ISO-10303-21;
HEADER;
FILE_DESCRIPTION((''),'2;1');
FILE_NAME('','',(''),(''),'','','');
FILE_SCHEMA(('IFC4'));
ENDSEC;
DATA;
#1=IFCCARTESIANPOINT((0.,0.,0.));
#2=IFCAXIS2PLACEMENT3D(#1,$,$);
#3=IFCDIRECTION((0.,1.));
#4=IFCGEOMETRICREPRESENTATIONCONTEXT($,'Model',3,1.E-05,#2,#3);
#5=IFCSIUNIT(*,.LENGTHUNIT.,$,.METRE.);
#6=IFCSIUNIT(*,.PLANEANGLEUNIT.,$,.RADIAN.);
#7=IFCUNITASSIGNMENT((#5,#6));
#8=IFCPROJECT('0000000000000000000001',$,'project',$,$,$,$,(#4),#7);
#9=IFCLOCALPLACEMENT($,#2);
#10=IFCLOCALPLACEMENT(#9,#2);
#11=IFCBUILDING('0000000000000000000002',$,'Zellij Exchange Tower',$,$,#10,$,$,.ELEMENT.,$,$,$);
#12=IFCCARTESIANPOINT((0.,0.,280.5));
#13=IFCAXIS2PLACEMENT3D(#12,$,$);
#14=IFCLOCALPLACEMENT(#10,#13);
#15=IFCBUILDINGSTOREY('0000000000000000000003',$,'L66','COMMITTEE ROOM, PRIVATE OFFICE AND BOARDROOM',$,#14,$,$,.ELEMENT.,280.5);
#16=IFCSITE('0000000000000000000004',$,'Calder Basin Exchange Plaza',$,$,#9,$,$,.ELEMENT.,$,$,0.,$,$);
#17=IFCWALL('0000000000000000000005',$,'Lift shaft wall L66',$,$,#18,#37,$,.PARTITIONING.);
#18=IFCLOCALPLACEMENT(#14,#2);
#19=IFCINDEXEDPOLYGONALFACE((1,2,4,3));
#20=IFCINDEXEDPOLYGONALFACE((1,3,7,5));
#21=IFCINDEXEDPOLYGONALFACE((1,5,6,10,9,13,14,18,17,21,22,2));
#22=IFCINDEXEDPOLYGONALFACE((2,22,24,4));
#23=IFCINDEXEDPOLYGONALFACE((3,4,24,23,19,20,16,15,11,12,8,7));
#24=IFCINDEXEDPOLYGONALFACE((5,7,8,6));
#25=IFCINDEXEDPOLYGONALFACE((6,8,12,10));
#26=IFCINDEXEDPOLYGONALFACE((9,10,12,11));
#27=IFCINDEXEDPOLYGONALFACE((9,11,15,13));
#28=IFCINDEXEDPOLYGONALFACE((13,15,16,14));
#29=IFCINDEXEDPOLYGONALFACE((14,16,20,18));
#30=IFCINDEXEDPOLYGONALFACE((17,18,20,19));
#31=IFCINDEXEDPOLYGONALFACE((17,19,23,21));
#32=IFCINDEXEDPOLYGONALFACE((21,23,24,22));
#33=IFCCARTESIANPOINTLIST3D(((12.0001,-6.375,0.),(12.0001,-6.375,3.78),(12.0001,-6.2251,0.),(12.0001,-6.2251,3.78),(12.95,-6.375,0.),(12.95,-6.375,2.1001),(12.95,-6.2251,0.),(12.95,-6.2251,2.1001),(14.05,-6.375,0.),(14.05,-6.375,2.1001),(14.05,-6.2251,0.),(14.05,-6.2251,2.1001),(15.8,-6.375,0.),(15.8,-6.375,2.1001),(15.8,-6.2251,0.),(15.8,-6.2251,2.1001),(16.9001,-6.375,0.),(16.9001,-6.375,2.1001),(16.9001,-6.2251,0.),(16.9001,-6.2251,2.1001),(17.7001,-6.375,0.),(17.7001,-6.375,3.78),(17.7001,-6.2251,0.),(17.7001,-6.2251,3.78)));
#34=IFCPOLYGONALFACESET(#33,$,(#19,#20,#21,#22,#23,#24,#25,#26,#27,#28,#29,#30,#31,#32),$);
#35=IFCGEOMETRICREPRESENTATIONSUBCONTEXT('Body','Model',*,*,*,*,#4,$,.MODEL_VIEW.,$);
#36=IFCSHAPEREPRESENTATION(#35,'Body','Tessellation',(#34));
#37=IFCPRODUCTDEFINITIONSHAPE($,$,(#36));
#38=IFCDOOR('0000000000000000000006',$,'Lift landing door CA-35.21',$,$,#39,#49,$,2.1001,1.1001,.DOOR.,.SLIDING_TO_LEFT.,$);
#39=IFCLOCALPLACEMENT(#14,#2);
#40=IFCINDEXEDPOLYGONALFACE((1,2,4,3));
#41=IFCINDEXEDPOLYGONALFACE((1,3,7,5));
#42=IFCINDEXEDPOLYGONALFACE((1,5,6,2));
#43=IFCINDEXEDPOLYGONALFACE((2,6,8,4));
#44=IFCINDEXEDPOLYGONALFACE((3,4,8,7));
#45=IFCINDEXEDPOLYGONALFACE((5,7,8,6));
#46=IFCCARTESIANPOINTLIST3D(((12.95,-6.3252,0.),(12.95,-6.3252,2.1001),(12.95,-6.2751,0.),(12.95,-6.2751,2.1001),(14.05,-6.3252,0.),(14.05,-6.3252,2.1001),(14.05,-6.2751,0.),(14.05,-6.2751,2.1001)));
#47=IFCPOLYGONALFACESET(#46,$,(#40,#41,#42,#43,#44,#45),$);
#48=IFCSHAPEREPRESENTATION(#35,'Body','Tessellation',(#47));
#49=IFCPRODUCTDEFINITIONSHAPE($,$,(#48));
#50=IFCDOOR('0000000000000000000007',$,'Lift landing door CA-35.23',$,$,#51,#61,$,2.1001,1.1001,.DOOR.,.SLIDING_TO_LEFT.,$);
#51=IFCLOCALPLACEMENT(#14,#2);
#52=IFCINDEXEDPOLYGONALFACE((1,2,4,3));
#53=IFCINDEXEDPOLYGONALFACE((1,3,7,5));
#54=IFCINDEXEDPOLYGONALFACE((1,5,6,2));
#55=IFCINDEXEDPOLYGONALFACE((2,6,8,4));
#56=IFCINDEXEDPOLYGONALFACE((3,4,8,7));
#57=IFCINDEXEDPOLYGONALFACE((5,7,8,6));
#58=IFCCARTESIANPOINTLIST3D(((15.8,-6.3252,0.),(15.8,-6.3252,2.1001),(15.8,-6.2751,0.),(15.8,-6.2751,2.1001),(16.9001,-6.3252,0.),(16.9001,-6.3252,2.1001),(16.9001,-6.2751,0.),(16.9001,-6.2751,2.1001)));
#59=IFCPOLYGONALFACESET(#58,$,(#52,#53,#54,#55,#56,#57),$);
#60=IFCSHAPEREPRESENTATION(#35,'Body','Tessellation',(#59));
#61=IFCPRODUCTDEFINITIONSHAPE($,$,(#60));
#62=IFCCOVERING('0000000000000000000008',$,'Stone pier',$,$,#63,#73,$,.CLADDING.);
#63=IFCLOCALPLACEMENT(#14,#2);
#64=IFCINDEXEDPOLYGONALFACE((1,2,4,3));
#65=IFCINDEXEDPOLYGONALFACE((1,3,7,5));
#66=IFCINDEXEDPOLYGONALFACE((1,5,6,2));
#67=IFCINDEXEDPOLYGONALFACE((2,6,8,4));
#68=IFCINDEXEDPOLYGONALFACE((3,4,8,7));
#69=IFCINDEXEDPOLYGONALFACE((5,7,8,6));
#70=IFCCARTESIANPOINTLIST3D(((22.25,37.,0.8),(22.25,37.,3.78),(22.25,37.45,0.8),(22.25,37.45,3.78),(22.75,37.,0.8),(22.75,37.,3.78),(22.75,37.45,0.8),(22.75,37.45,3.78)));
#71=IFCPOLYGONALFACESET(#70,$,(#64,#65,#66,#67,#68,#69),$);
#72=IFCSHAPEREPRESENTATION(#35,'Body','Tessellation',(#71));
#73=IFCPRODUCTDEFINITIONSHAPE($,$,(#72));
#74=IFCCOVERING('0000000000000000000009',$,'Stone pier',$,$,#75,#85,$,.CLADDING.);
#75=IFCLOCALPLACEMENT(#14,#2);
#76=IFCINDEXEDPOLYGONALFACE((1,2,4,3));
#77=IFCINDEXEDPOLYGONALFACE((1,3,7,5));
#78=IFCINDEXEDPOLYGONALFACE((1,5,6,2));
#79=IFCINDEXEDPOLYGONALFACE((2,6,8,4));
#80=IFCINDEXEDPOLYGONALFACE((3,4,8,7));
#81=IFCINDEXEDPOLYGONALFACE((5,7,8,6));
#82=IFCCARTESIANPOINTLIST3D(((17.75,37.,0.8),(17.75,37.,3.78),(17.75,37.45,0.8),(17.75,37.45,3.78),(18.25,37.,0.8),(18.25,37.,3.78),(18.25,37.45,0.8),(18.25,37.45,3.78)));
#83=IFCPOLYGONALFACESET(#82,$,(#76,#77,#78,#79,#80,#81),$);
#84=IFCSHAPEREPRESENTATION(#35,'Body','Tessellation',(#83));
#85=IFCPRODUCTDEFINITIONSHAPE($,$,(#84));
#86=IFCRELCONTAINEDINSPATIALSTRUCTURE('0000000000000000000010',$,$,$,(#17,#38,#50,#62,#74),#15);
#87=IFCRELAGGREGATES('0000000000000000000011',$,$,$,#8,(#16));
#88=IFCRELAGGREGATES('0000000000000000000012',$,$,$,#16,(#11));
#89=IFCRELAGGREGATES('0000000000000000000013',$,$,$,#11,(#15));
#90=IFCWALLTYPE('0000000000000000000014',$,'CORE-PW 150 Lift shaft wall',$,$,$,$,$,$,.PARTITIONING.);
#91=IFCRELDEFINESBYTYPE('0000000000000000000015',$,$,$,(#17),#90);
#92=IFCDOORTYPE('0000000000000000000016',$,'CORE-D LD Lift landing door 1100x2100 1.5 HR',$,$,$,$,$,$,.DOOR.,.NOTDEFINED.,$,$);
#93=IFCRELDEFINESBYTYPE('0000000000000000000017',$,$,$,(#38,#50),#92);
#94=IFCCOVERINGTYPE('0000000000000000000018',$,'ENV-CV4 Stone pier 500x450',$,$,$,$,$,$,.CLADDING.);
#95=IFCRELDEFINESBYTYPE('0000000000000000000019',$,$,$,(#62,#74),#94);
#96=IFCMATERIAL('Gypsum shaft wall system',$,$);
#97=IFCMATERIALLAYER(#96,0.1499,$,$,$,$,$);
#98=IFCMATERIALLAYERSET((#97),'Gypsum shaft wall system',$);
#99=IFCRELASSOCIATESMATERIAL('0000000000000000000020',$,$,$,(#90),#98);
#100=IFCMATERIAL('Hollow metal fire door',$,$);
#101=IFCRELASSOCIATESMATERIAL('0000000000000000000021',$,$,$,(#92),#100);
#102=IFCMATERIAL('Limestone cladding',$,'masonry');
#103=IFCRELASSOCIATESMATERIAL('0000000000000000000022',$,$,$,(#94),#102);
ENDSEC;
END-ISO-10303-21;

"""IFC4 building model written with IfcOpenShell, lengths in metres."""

from ifc_helpers import new_model, si_unit, direction, frame, frame_2d, origin, place, context, subcontext, project, spatial, polyline, rectangle, outline, extrude, material, layer, layer_set, type_object, element, fill, save


model = new_model("IFC4")

# Units and contexts
model_context = context("Model", 3, precision=1e-05, world=origin(), true_north=direction((0.0, 1.0)))
body_context = subcontext(model_context, "Body", "Model", "MODEL_VIEW")
ifc_project = project(units=[si_unit("LENGTHUNIT", "METRE"), si_unit("PLANEANGLEUNIT", "RADIAN")], contexts=[model_context])

# Site, building, storey
site_placement = place(None, origin())
site = spatial("IfcSite", under=ifc_project, at=site_placement, Name="Calder Basin Exchange Plaza", CompositionType="ELEMENT", RefElevation=0.0)
building_placement = place(site_placement, origin())
building = spatial("IfcBuilding", under=site, at=building_placement, Name="Zellij Exchange Tower", CompositionType="ELEMENT")
storey_placement = place(building_placement, frame((0.0, 0.0, 280.5)))
storey = spatial("IfcBuildingStorey", under=building, at=storey_placement, Name="L66", Description="COMMITTEE ROOM, PRIVATE OFFICE AND BOARDROOM", CompositionType="ELEMENT", Elevation=280.5)

# Shared definitions
ifc_material_1 = material(Name="Gypsum shaft wall system")
ifc_layer_1 = layer(ifc_material_1, 0.1499)
ifc_layer_set_1 = layer_set([ifc_layer_1], Name="Gypsum shaft wall system")
wall_type_1 = type_object("IfcWallType", Name="CORE-PW 150 Lift shaft wall", PredefinedType="PARTITIONING", material=ifc_layer_set_1)

# Shared definitions
ifc_material_2 = material(Name="Hollow metal fire door")
door_type = type_object("IfcDoorType", Name="CORE-D LD Lift landing door 1100x2100 1.5 HR", OperationType="NOTDEFINED", PredefinedType="DOOR", material=ifc_material_2)

# Wall, openings, doors
wall_1_placement = place(storey_placement, frame((12.0, -6.3, 0.0), z_axis=(0.0, 0.0, 1.0), x_axis=(1.0, 0.0, 0.0)))
wall_1 = element("IfcWall", 1, at=wall_1_placement, inside=storey, type_object=wall_type_1, Name="Lift shaft wall L66", PredefinedType="PARTITIONING", context=body_context, shape_type="SweptSolid", body=[
    extrude(rectangle(XDim=5.7, YDim=0.1499, at=frame_2d((2.8501, 0.0))), origin(), (0.0, 0.0, 1.0), 3.78),
])
opening_1_placement = place(wall_1_placement, frame((0.95, 0.0, 0.0)))
opening_1 = element("IfcOpeningElement", 2, at=opening_1_placement, cuts=wall_1, PredefinedType="OPENING", context=body_context, shape_type="SweptSolid", body=[
    extrude(rectangle(XDim=1.1001, YDim=2.1001, at=frame_2d((0.55, 1.05))), frame((0.0, 0.0869, 0.0), z_axis=(0.0, -1.0, 0.0), x_axis=(1.0, 0.0, 0.0)), (0.0, 0.0, 1.0), 0.1738),
])
opening_2_placement = place(wall_1_placement, frame((3.8, 0.0, 0.0)))
opening_2 = element("IfcOpeningElement", 3, at=opening_2_placement, cuts=wall_1, PredefinedType="OPENING", context=body_context, shape_type="SweptSolid", body=[
    extrude(rectangle(XDim=1.1001, YDim=2.1001, at=frame_2d((0.55, 1.05))), frame((0.0, 0.0869, 0.0), z_axis=(0.0, -1.0, 0.0), x_axis=(1.0, 0.0, 0.0)), (0.0, 0.0, 1.0), 0.1738),
])
door_1_placement = place(opening_1_placement, origin())
door_1 = element("IfcDoor", 4, at=door_1_placement, inside=storey, type_object=door_type, Name="Lift landing door CA-35.21", OperationType="SLIDING_TO_LEFT", OverallHeight=2.1001, OverallWidth=1.1001, PredefinedType="DOOR", context=body_context, shape_type="SweptSolid", body=[
    extrude(rectangle(XDim=1.1001, YDim=2.1001, at=frame_2d((0.55, 1.05))), frame((0.0, 0.0249, 0.0), z_axis=(0.0, -1.0, 0.0), x_axis=(1.0, 0.0, 0.0)), (0.0, 0.0, 1.0), 0.05),
])
fill(opening_1, door_1)
door_2_placement = place(opening_2_placement, origin())
door_2 = element("IfcDoor", 5, at=door_2_placement, inside=storey, type_object=door_type, Name="Lift landing door CA-35.23", OperationType="SLIDING_TO_LEFT", OverallHeight=2.1001, OverallWidth=1.1001, PredefinedType="DOOR", context=body_context, shape_type="SweptSolid", body=[
    extrude(rectangle(XDim=1.1001, YDim=2.1001, at=frame_2d((0.55, 1.05))), frame((0.0, 0.0249, 0.0), z_axis=(0.0, -1.0, 0.0), x_axis=(1.0, 0.0, 0.0)), (0.0, 0.0, 1.0), 0.05),
])
fill(opening_2, door_2)

# Coverings
ifc_material_3 = material(Name="Limestone cladding", Category="masonry")
covering_type = type_object("IfcCoveringType", Name="ENV-CV4 Stone pier 500x450", PredefinedType="CLADDING", material=ifc_material_3)
covering_1_placement = place(storey_placement, frame((0.0, 0.0, 0.8)))
element("IfcCovering", 6, at=covering_1_placement, inside=storey, type_object=covering_type, Name="Stone pier", PredefinedType="CLADDING", context=body_context, shape_type="SweptSolid", body=[
    extrude(outline(polyline([(22.75, 37.0), (22.25, 37.0), (22.25, 37.45), (22.75, 37.45), (22.75, 37.0)])), origin(), (0.0, 0.0, 1.0), 2.98),
])
covering_2_placement = place(storey_placement, frame((0.0, 0.0, 0.8)))
element("IfcCovering", 7, at=covering_2_placement, inside=storey, type_object=covering_type, Name="Stone pier", PredefinedType="CLADDING", context=body_context, shape_type="SweptSolid", body=[
    extrude(outline(polyline([(18.25, 37.0), (17.75, 37.0), (17.75, 37.45), (18.25, 37.45), (18.25, 37.0)])), origin(), (0.0, 0.0, 1.0), 2.98),
])

save(model, "model.ifc")
